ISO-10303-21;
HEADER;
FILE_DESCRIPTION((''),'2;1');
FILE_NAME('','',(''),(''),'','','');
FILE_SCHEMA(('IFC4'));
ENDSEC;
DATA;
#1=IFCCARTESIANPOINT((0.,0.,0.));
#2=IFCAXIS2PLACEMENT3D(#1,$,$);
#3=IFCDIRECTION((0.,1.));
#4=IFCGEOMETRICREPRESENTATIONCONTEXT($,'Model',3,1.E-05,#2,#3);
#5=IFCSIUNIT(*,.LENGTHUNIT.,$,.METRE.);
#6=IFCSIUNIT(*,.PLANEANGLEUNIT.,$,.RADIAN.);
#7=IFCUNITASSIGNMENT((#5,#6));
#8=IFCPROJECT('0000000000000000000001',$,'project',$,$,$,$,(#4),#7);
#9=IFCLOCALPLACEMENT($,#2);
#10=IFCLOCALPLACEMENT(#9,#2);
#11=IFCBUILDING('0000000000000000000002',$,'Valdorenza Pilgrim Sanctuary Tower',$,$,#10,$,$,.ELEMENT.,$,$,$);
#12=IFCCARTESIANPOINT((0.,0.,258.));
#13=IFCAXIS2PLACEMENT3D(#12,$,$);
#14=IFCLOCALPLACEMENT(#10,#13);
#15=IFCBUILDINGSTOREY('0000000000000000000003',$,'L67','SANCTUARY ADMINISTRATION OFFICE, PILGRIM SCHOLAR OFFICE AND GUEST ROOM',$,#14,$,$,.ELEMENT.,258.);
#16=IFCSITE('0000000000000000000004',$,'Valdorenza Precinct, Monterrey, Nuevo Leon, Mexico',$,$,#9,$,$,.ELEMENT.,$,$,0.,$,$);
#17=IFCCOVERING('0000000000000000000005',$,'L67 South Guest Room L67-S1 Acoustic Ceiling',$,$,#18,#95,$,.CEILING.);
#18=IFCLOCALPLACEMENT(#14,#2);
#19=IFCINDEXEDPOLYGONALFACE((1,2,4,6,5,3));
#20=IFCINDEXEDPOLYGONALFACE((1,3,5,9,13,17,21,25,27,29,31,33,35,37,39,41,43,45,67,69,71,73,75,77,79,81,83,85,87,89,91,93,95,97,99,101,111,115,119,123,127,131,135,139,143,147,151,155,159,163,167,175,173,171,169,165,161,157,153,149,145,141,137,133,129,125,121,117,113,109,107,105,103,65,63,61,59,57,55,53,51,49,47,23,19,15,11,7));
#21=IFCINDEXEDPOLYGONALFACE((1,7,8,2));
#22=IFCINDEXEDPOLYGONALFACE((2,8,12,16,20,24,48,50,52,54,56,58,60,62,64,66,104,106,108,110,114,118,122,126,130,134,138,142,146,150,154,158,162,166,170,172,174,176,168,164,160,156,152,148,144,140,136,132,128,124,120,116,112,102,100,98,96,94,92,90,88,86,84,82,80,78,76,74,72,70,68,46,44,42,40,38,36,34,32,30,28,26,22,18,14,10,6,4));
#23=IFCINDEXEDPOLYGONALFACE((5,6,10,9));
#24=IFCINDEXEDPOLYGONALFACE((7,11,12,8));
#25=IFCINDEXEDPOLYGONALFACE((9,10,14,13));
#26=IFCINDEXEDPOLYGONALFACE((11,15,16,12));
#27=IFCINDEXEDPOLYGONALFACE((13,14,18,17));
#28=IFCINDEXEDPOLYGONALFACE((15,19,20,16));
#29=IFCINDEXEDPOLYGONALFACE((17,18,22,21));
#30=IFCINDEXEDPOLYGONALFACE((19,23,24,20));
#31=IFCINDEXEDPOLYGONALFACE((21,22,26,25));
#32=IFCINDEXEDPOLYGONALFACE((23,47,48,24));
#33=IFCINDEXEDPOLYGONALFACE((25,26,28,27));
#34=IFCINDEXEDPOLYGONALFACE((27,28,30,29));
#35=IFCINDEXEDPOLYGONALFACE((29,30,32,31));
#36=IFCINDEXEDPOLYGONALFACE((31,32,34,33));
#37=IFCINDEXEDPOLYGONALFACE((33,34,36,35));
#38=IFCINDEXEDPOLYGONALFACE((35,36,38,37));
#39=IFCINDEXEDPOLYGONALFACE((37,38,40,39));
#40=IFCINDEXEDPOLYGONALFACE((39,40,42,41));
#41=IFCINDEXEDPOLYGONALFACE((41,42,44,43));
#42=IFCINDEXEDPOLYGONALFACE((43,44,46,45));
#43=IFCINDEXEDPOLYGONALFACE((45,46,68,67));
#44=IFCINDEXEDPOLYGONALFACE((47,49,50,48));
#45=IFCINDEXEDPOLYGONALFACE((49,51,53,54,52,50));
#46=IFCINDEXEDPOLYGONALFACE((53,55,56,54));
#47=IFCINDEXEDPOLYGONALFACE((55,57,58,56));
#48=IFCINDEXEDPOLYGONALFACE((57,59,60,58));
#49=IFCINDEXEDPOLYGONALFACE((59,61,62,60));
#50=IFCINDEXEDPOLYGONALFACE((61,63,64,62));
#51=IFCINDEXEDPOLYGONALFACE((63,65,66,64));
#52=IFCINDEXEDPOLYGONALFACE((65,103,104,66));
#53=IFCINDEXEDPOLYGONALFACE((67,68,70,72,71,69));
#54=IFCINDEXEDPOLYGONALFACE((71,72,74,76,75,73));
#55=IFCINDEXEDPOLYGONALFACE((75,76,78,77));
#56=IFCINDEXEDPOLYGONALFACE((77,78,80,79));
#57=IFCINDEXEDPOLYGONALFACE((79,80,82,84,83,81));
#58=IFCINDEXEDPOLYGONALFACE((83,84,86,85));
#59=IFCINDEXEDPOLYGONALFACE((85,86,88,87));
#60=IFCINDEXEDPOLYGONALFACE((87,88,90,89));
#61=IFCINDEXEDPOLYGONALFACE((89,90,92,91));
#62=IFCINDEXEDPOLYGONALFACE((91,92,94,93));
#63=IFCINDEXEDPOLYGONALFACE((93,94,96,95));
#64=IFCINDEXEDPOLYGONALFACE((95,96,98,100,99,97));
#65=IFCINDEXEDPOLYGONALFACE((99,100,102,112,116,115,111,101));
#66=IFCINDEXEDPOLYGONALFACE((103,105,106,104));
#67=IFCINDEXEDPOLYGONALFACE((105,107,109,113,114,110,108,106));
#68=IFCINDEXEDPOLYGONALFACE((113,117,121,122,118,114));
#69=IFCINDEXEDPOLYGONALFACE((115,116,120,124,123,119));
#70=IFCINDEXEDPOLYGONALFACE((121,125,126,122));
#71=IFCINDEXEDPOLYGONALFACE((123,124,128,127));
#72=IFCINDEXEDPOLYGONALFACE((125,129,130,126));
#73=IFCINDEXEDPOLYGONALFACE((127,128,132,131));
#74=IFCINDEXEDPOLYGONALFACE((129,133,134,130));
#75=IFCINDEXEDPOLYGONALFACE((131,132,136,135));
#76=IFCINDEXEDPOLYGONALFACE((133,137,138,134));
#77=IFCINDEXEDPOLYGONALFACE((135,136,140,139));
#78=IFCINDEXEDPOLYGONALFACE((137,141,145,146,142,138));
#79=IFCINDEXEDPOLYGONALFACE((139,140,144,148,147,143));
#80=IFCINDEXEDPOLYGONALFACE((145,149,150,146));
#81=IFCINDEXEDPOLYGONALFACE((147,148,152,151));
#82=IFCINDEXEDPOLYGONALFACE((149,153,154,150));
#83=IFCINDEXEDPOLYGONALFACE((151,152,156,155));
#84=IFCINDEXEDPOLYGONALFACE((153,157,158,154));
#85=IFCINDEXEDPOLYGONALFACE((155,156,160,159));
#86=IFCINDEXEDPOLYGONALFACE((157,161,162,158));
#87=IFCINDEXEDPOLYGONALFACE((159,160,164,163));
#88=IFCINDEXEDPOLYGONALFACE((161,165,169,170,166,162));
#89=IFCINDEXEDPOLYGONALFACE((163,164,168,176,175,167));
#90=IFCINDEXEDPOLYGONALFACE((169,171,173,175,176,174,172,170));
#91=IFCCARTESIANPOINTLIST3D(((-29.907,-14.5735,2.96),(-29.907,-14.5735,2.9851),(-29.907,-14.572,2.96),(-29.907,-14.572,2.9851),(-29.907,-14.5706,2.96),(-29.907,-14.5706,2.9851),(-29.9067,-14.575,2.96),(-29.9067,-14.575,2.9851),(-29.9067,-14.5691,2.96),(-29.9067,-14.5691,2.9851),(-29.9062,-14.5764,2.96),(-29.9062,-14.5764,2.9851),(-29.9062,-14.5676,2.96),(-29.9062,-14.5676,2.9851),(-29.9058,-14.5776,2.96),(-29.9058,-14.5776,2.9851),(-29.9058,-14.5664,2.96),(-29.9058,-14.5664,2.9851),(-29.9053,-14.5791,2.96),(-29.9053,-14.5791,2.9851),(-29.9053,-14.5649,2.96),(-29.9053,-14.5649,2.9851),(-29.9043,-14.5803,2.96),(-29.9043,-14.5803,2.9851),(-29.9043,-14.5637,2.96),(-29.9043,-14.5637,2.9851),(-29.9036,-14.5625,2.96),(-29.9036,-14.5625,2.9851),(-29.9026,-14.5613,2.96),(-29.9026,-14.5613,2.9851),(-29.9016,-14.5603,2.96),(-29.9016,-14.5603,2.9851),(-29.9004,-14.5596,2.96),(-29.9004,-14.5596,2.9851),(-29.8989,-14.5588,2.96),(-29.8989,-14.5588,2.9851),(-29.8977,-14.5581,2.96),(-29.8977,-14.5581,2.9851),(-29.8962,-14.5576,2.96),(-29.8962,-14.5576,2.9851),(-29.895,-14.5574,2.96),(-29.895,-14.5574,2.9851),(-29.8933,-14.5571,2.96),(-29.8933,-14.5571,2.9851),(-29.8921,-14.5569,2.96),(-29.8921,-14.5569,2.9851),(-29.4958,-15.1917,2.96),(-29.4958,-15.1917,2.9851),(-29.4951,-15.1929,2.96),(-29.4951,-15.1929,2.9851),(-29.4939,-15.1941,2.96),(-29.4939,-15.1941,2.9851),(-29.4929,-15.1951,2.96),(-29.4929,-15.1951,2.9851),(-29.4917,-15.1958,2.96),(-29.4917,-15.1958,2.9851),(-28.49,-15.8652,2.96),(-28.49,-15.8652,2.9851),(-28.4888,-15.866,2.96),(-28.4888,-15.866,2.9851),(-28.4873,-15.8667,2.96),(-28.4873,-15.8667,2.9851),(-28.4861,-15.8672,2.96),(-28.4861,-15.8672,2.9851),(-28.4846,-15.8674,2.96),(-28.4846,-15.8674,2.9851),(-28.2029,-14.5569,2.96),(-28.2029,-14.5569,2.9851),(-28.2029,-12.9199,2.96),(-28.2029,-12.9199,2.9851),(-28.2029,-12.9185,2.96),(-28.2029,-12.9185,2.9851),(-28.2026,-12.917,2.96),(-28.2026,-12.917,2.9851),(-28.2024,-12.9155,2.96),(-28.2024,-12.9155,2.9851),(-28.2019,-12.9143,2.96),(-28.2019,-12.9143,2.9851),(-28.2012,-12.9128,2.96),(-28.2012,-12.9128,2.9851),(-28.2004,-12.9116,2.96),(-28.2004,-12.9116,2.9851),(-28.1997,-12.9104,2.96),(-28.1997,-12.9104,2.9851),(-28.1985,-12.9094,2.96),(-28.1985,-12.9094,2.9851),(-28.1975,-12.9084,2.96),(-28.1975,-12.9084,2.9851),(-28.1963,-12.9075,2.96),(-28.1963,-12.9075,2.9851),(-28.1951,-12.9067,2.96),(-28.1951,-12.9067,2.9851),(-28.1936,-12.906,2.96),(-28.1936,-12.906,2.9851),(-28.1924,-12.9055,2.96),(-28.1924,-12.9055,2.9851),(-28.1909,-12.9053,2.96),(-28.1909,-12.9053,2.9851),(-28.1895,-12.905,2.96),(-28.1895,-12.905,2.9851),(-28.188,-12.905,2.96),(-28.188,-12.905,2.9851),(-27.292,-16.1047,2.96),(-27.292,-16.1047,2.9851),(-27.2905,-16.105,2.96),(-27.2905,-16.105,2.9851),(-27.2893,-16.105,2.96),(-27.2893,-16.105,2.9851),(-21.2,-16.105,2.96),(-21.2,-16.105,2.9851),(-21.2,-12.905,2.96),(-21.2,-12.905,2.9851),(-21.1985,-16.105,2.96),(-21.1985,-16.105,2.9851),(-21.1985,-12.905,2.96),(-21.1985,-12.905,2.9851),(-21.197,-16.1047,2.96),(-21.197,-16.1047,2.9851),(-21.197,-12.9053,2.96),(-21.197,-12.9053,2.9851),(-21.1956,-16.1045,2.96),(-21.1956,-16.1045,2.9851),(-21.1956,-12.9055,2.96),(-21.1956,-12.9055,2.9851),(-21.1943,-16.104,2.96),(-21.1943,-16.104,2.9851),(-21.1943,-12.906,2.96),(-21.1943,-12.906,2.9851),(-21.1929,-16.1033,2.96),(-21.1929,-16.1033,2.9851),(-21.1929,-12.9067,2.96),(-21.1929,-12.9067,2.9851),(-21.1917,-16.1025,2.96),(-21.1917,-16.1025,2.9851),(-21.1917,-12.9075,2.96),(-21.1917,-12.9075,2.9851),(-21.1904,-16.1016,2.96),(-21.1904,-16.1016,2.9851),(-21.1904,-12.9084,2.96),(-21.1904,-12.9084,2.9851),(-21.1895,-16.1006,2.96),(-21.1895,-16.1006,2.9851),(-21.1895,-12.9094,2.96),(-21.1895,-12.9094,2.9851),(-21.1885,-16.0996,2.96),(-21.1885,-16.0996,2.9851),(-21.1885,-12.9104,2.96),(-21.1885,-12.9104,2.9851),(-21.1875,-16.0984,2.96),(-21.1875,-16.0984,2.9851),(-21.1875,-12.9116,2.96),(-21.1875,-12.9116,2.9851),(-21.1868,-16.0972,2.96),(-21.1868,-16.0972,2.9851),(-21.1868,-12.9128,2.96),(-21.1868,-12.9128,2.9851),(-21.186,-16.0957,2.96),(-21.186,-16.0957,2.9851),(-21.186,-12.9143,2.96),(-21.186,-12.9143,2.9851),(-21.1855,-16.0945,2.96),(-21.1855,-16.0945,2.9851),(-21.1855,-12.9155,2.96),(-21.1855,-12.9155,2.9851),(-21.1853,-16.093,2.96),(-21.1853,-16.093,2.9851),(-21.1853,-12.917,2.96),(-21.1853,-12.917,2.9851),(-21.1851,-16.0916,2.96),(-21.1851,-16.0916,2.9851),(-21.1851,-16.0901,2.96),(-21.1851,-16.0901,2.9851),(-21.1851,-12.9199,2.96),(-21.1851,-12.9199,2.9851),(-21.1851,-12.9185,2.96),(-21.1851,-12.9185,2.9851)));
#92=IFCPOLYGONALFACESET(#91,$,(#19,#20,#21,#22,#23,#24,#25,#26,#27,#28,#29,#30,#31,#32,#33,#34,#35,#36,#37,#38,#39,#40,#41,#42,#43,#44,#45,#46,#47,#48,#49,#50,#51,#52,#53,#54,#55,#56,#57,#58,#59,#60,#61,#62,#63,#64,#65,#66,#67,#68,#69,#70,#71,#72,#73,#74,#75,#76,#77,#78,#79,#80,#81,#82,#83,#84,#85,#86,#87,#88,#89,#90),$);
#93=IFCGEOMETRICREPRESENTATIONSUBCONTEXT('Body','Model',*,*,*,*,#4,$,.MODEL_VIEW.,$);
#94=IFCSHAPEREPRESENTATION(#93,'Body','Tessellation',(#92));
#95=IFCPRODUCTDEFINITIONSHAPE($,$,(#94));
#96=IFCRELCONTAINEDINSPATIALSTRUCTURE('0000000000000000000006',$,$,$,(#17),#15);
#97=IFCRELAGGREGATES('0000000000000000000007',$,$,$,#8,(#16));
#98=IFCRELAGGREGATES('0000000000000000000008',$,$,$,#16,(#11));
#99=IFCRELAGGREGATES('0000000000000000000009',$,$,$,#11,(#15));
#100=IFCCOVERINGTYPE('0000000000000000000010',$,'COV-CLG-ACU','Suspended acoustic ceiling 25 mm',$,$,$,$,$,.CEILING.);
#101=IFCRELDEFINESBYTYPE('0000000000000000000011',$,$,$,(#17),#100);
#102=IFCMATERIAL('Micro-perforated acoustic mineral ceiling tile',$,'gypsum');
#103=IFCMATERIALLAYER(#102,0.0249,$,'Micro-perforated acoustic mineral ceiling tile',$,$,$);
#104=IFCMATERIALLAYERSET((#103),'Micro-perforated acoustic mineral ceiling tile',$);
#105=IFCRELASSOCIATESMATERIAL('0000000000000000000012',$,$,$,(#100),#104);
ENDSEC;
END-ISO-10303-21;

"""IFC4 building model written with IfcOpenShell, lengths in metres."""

from ifc_helpers import new_model, si_unit, direction, frame, origin, place, context, subcontext, project, spatial, polyline, outline, extrude, material, layer, layer_set, type_object, element, save


model = new_model("IFC4")

# Units and contexts
model_context = context("Model", 3, precision=1e-05, world=origin(), true_north=direction((0.0, 1.0)))
body_context = subcontext(model_context, "Body", "Model", "MODEL_VIEW")
ifc_project = project(units=[si_unit("LENGTHUNIT", "METRE"), si_unit("PLANEANGLEUNIT", "RADIAN")], contexts=[model_context])

# Site, building, storey
site_placement = place(None, origin())
site = spatial("IfcSite", under=ifc_project, at=site_placement, Name="Valdorenza Precinct, Monterrey, Nuevo Leon, Mexico", CompositionType="ELEMENT", RefElevation=0.0)
building_placement = place(site_placement, origin())
building = spatial("IfcBuilding", under=site, at=building_placement, Name="Valdorenza Pilgrim Sanctuary Tower", CompositionType="ELEMENT")
storey_placement = place(building_placement, frame((0.0, 0.0, 258.0)))
storey = spatial("IfcBuildingStorey", under=building, at=storey_placement, Name="L67", Description="SANCTUARY ADMINISTRATION OFFICE, PILGRIM SCHOLAR OFFICE AND GUEST ROOM", CompositionType="ELEMENT", Elevation=258.0)

# Covering
ifc_material_1 = material(Name="Micro-perforated acoustic mineral ceiling tile", Category="gypsum")
ifc_layer_1 = layer(ifc_material_1, 0.0249, Name="Micro-perforated acoustic mineral ceiling tile")
ifc_layer_set_1 = layer_set([ifc_layer_1], Name="Micro-perforated acoustic mineral ceiling tile")
covering_type_1 = type_object("IfcCoveringType", Name="COV-CLG-ACU", Description="Suspended acoustic ceiling 25 mm", PredefinedType="CEILING", material=ifc_layer_set_1)
covering_1_placement = place(storey_placement, frame((0.0, 0.0, 2.96)))
element("IfcCovering", 1, at=covering_1_placement, inside=storey, type_object=covering_type_1, Name="L67 South Guest Room L67-S1 Acoustic Ceiling", PredefinedType="CEILING", context=body_context, shape_type="SweptSolid", body=[
    extrude(outline(polyline([(-28.2029, -14.5569), (-28.2029, -12.9199), (-28.2029, -12.9185), (-28.2026, -12.917), (-28.2024, -12.9155), (-28.2019, -12.9143), (-28.2012, -12.9128), (-28.2004, -12.9116), (-28.1997, -12.9104), (-28.1985, -12.9094), (-28.1975, -12.9084), (-28.1963, -12.9075), (-28.1951, -12.9067), (-28.1936, -12.906), (-28.1924, -12.9055), (-28.1909, -12.9053), (-28.1895, -12.905), (-28.188, -12.905), (-21.2, -12.905), (-21.1985, -12.905), (-21.197, -12.9053), (-21.1956, -12.9055), (-21.1943, -12.906), (-21.1929, -12.9067), (-21.1917, -12.9075), (-21.1904, -12.9084), (-21.1895, -12.9094), (-21.1885, -12.9104), (-21.1875, -12.9116), (-21.1868, -12.9128), (-21.186, -12.9143), (-21.1855, -12.9155), (-21.1853, -12.917), (-21.1851, -12.9185), (-21.1851, -12.9199), (-21.1851, -16.0901), (-21.1851, -16.0916), (-21.1853, -16.093), (-21.1855, -16.0945), (-21.186, -16.0957), (-21.1868, -16.0972), (-21.1875, -16.0984), (-21.1885, -16.0996), (-21.1895, -16.1006), (-21.1904, -16.1016), (-21.1917, -16.1025), (-21.1929, -16.1033), (-21.1943, -16.104), (-21.1956, -16.1045), (-21.197, -16.1047), (-21.1985, -16.105), (-21.2, -16.105), (-27.2893, -16.105), (-27.2905, -16.105), (-27.292, -16.1047), (-28.4846, -15.8674), (-28.4861, -15.8672), (-28.4873, -15.8667), (-28.4888, -15.866), (-28.49, -15.8652), (-29.4917, -15.1958), (-29.4929, -15.1951), (-29.4939, -15.1941), (-29.4951, -15.1929), (-29.4958, -15.1917), (-29.9043, -14.5803), (-29.9053, -14.5791), (-29.9058, -14.5776), (-29.9062, -14.5764), (-29.9067, -14.575), (-29.907, -14.5735), (-29.907, -14.572), (-29.907, -14.5706), (-29.9067, -14.5691), (-29.9062, -14.5676), (-29.9058, -14.5664), (-29.9053, -14.5649), (-29.9043, -14.5637), (-29.9036, -14.5625), (-29.9026, -14.5613), (-29.9016, -14.5603), (-29.9004, -14.5596), (-29.8989, -14.5588), (-29.8977, -14.5581), (-29.8962, -14.5576), (-29.895, -14.5574), (-29.8933, -14.5571), (-29.8921, -14.5569), (-28.2029, -14.5569)])), origin(), (0.0, 0.0, 1.0), 0.0251),
])

save(model, "model.ifc")
